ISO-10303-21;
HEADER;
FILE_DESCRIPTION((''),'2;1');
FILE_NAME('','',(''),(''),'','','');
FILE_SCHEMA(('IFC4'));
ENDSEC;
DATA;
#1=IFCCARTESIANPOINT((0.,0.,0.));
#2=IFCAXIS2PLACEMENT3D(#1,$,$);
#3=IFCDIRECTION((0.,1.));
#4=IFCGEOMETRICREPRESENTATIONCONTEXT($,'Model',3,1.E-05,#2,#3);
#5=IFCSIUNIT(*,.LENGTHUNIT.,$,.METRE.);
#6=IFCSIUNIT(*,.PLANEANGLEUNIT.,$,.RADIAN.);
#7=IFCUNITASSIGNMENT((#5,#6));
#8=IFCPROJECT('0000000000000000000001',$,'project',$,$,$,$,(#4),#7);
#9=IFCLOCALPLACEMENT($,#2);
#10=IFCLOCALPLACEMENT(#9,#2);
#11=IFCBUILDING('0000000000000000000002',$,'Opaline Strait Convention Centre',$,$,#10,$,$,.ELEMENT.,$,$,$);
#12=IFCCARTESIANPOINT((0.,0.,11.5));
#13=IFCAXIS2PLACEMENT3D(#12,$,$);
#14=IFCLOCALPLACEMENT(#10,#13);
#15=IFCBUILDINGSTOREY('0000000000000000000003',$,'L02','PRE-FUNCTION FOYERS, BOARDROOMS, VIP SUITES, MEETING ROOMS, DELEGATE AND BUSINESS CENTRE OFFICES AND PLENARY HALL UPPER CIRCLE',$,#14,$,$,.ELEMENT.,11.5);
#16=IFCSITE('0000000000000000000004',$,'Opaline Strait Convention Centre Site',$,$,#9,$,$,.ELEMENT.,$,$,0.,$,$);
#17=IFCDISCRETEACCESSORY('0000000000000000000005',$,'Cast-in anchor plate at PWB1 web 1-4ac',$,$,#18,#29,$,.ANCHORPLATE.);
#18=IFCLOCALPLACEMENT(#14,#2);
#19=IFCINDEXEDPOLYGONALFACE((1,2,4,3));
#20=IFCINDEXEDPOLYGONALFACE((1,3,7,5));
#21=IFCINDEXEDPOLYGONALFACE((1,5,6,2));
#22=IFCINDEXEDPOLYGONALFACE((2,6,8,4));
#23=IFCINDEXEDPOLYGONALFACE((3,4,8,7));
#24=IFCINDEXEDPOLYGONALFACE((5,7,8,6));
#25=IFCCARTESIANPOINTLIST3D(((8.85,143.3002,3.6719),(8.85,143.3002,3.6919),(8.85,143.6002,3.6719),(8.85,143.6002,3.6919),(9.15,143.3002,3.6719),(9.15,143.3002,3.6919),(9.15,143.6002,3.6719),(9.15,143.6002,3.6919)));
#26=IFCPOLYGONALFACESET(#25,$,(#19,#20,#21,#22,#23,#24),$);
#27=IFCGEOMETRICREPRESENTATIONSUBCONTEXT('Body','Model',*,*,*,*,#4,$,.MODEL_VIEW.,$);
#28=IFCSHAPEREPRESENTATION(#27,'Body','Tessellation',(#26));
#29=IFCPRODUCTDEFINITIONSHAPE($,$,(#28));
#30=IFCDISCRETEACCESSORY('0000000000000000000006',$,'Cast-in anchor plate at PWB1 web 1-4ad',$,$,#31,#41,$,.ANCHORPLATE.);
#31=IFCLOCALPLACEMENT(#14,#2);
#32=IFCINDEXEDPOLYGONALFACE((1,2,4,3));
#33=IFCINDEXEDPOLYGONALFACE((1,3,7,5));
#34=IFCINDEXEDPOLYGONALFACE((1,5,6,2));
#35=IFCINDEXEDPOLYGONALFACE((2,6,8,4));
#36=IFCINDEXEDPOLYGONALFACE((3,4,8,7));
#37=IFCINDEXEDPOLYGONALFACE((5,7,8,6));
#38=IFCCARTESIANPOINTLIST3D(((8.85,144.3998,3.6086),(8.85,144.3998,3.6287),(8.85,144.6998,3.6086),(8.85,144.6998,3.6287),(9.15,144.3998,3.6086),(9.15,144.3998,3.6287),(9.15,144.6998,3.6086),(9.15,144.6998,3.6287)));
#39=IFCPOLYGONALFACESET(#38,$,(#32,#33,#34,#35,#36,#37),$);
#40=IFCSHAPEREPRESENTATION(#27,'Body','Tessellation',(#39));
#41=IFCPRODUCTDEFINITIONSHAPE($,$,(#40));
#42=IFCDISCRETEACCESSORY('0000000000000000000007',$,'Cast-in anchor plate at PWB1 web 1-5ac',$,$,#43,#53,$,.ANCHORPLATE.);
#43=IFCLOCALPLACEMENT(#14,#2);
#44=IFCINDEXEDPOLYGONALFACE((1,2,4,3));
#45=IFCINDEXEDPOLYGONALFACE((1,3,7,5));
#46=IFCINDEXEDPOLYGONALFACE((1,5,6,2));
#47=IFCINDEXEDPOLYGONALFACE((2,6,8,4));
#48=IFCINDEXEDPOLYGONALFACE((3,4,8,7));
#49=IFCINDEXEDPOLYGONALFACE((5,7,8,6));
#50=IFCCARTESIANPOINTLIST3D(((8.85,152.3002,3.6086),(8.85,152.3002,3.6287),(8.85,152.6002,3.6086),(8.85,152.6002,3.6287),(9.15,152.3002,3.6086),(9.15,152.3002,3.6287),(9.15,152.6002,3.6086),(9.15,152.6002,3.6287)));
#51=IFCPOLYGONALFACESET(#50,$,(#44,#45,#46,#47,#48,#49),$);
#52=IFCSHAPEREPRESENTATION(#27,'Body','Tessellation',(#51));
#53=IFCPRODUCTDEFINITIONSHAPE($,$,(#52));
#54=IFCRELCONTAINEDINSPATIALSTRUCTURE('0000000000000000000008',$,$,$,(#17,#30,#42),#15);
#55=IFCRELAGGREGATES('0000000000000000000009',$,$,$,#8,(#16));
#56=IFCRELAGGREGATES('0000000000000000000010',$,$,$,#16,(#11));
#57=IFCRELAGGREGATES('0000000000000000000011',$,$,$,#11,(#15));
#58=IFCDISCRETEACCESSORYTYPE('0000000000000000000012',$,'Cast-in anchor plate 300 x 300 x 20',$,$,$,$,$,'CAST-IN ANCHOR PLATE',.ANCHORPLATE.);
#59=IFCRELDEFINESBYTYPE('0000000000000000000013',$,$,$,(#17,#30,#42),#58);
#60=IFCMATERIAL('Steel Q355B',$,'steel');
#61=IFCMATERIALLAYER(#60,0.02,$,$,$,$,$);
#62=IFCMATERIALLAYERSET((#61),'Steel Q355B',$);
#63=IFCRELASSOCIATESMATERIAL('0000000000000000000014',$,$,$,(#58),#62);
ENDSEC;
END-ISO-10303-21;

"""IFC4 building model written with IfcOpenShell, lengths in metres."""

from ifc_helpers import new_model, si_unit, direction, frame, origin, origin_2d, place, context, subcontext, project, spatial, rectangle, extrude, material, layer, layer_set, type_object, element, save


model = new_model("IFC4")

# Units and contexts
model_context = context("Model", 3, precision=1e-05, world=origin(), true_north=direction((0.0, 1.0)))
body_context = subcontext(model_context, "Body", "Model", "MODEL_VIEW")
ifc_project = project(units=[si_unit("LENGTHUNIT", "METRE"), si_unit("PLANEANGLEUNIT", "RADIAN")], contexts=[model_context])

# Site, building, storey
site_placement = place(None, origin())
site = spatial("IfcSite", under=ifc_project, at=site_placement, Name="Opaline Strait Convention Centre Site", CompositionType="ELEMENT", RefElevation=0.0)
building_placement = place(site_placement, origin())
building = spatial("IfcBuilding", under=site, at=building_placement, Name="Opaline Strait Convention Centre", CompositionType="ELEMENT")
storey_placement = place(building_placement, frame((0.0, 0.0, 11.5)))
storey = spatial("IfcBuildingStorey", under=building, at=storey_placement, Name="L02", Description="PRE-FUNCTION FOYERS, BOARDROOMS, VIP SUITES, MEETING ROOMS, DELEGATE AND BUSINESS CENTRE OFFICES AND PLENARY HALL UPPER CIRCLE", CompositionType="ELEMENT", Elevation=11.5)

# Shared definitions
ifc_material_1 = material(Name="Steel Q355B", Category="steel")

# Discrete accessories
ifc_layer_1 = layer(ifc_material_1, 0.02)
ifc_layer_set_1 = layer_set([ifc_layer_1], Name="Steel Q355B")
discrete_accessory_type = type_object("IfcDiscreteAccessoryType", Name="Cast-in anchor plate 300 x 300 x 20", ElementType="CAST-IN ANCHOR PLATE", PredefinedType="ANCHORPLATE", material=ifc_layer_set_1)
for number, where, z_axis, x_axis, name in (
    (1, (9.0, 143.4502, 3.6719), (0.0, 0.0, 1.0), (1.0, 0.0, 0.0), "Cast-in anchor plate at PWB1 web 1-4ac"),
    (2, (9.0, 144.5498, 3.6086), (0.0, 0.0, 1.0), (1.0, 0.0, 0.0), "Cast-in anchor plate at PWB1 web 1-4ad"),
    (3, (9.0, 152.4502, 3.6086), (0.0, 0.0, 1.0), (1.0, 0.0, 0.0), "Cast-in anchor plate at PWB1 web 1-5ac"),
):
    element("IfcDiscreteAccessory", number, at=place(storey_placement, frame(where, z_axis=z_axis, x_axis=x_axis)), inside=storey, type_object=discrete_accessory_type, Name=name, PredefinedType="ANCHORPLATE", context=body_context, shape_type="SweptSolid", body=[
        extrude(rectangle(XDim=0.3, YDim=0.3, at=origin_2d()), origin(), (0.0, 0.0, 1.0), 0.02),
    ])

save(model, "model.ifc")
